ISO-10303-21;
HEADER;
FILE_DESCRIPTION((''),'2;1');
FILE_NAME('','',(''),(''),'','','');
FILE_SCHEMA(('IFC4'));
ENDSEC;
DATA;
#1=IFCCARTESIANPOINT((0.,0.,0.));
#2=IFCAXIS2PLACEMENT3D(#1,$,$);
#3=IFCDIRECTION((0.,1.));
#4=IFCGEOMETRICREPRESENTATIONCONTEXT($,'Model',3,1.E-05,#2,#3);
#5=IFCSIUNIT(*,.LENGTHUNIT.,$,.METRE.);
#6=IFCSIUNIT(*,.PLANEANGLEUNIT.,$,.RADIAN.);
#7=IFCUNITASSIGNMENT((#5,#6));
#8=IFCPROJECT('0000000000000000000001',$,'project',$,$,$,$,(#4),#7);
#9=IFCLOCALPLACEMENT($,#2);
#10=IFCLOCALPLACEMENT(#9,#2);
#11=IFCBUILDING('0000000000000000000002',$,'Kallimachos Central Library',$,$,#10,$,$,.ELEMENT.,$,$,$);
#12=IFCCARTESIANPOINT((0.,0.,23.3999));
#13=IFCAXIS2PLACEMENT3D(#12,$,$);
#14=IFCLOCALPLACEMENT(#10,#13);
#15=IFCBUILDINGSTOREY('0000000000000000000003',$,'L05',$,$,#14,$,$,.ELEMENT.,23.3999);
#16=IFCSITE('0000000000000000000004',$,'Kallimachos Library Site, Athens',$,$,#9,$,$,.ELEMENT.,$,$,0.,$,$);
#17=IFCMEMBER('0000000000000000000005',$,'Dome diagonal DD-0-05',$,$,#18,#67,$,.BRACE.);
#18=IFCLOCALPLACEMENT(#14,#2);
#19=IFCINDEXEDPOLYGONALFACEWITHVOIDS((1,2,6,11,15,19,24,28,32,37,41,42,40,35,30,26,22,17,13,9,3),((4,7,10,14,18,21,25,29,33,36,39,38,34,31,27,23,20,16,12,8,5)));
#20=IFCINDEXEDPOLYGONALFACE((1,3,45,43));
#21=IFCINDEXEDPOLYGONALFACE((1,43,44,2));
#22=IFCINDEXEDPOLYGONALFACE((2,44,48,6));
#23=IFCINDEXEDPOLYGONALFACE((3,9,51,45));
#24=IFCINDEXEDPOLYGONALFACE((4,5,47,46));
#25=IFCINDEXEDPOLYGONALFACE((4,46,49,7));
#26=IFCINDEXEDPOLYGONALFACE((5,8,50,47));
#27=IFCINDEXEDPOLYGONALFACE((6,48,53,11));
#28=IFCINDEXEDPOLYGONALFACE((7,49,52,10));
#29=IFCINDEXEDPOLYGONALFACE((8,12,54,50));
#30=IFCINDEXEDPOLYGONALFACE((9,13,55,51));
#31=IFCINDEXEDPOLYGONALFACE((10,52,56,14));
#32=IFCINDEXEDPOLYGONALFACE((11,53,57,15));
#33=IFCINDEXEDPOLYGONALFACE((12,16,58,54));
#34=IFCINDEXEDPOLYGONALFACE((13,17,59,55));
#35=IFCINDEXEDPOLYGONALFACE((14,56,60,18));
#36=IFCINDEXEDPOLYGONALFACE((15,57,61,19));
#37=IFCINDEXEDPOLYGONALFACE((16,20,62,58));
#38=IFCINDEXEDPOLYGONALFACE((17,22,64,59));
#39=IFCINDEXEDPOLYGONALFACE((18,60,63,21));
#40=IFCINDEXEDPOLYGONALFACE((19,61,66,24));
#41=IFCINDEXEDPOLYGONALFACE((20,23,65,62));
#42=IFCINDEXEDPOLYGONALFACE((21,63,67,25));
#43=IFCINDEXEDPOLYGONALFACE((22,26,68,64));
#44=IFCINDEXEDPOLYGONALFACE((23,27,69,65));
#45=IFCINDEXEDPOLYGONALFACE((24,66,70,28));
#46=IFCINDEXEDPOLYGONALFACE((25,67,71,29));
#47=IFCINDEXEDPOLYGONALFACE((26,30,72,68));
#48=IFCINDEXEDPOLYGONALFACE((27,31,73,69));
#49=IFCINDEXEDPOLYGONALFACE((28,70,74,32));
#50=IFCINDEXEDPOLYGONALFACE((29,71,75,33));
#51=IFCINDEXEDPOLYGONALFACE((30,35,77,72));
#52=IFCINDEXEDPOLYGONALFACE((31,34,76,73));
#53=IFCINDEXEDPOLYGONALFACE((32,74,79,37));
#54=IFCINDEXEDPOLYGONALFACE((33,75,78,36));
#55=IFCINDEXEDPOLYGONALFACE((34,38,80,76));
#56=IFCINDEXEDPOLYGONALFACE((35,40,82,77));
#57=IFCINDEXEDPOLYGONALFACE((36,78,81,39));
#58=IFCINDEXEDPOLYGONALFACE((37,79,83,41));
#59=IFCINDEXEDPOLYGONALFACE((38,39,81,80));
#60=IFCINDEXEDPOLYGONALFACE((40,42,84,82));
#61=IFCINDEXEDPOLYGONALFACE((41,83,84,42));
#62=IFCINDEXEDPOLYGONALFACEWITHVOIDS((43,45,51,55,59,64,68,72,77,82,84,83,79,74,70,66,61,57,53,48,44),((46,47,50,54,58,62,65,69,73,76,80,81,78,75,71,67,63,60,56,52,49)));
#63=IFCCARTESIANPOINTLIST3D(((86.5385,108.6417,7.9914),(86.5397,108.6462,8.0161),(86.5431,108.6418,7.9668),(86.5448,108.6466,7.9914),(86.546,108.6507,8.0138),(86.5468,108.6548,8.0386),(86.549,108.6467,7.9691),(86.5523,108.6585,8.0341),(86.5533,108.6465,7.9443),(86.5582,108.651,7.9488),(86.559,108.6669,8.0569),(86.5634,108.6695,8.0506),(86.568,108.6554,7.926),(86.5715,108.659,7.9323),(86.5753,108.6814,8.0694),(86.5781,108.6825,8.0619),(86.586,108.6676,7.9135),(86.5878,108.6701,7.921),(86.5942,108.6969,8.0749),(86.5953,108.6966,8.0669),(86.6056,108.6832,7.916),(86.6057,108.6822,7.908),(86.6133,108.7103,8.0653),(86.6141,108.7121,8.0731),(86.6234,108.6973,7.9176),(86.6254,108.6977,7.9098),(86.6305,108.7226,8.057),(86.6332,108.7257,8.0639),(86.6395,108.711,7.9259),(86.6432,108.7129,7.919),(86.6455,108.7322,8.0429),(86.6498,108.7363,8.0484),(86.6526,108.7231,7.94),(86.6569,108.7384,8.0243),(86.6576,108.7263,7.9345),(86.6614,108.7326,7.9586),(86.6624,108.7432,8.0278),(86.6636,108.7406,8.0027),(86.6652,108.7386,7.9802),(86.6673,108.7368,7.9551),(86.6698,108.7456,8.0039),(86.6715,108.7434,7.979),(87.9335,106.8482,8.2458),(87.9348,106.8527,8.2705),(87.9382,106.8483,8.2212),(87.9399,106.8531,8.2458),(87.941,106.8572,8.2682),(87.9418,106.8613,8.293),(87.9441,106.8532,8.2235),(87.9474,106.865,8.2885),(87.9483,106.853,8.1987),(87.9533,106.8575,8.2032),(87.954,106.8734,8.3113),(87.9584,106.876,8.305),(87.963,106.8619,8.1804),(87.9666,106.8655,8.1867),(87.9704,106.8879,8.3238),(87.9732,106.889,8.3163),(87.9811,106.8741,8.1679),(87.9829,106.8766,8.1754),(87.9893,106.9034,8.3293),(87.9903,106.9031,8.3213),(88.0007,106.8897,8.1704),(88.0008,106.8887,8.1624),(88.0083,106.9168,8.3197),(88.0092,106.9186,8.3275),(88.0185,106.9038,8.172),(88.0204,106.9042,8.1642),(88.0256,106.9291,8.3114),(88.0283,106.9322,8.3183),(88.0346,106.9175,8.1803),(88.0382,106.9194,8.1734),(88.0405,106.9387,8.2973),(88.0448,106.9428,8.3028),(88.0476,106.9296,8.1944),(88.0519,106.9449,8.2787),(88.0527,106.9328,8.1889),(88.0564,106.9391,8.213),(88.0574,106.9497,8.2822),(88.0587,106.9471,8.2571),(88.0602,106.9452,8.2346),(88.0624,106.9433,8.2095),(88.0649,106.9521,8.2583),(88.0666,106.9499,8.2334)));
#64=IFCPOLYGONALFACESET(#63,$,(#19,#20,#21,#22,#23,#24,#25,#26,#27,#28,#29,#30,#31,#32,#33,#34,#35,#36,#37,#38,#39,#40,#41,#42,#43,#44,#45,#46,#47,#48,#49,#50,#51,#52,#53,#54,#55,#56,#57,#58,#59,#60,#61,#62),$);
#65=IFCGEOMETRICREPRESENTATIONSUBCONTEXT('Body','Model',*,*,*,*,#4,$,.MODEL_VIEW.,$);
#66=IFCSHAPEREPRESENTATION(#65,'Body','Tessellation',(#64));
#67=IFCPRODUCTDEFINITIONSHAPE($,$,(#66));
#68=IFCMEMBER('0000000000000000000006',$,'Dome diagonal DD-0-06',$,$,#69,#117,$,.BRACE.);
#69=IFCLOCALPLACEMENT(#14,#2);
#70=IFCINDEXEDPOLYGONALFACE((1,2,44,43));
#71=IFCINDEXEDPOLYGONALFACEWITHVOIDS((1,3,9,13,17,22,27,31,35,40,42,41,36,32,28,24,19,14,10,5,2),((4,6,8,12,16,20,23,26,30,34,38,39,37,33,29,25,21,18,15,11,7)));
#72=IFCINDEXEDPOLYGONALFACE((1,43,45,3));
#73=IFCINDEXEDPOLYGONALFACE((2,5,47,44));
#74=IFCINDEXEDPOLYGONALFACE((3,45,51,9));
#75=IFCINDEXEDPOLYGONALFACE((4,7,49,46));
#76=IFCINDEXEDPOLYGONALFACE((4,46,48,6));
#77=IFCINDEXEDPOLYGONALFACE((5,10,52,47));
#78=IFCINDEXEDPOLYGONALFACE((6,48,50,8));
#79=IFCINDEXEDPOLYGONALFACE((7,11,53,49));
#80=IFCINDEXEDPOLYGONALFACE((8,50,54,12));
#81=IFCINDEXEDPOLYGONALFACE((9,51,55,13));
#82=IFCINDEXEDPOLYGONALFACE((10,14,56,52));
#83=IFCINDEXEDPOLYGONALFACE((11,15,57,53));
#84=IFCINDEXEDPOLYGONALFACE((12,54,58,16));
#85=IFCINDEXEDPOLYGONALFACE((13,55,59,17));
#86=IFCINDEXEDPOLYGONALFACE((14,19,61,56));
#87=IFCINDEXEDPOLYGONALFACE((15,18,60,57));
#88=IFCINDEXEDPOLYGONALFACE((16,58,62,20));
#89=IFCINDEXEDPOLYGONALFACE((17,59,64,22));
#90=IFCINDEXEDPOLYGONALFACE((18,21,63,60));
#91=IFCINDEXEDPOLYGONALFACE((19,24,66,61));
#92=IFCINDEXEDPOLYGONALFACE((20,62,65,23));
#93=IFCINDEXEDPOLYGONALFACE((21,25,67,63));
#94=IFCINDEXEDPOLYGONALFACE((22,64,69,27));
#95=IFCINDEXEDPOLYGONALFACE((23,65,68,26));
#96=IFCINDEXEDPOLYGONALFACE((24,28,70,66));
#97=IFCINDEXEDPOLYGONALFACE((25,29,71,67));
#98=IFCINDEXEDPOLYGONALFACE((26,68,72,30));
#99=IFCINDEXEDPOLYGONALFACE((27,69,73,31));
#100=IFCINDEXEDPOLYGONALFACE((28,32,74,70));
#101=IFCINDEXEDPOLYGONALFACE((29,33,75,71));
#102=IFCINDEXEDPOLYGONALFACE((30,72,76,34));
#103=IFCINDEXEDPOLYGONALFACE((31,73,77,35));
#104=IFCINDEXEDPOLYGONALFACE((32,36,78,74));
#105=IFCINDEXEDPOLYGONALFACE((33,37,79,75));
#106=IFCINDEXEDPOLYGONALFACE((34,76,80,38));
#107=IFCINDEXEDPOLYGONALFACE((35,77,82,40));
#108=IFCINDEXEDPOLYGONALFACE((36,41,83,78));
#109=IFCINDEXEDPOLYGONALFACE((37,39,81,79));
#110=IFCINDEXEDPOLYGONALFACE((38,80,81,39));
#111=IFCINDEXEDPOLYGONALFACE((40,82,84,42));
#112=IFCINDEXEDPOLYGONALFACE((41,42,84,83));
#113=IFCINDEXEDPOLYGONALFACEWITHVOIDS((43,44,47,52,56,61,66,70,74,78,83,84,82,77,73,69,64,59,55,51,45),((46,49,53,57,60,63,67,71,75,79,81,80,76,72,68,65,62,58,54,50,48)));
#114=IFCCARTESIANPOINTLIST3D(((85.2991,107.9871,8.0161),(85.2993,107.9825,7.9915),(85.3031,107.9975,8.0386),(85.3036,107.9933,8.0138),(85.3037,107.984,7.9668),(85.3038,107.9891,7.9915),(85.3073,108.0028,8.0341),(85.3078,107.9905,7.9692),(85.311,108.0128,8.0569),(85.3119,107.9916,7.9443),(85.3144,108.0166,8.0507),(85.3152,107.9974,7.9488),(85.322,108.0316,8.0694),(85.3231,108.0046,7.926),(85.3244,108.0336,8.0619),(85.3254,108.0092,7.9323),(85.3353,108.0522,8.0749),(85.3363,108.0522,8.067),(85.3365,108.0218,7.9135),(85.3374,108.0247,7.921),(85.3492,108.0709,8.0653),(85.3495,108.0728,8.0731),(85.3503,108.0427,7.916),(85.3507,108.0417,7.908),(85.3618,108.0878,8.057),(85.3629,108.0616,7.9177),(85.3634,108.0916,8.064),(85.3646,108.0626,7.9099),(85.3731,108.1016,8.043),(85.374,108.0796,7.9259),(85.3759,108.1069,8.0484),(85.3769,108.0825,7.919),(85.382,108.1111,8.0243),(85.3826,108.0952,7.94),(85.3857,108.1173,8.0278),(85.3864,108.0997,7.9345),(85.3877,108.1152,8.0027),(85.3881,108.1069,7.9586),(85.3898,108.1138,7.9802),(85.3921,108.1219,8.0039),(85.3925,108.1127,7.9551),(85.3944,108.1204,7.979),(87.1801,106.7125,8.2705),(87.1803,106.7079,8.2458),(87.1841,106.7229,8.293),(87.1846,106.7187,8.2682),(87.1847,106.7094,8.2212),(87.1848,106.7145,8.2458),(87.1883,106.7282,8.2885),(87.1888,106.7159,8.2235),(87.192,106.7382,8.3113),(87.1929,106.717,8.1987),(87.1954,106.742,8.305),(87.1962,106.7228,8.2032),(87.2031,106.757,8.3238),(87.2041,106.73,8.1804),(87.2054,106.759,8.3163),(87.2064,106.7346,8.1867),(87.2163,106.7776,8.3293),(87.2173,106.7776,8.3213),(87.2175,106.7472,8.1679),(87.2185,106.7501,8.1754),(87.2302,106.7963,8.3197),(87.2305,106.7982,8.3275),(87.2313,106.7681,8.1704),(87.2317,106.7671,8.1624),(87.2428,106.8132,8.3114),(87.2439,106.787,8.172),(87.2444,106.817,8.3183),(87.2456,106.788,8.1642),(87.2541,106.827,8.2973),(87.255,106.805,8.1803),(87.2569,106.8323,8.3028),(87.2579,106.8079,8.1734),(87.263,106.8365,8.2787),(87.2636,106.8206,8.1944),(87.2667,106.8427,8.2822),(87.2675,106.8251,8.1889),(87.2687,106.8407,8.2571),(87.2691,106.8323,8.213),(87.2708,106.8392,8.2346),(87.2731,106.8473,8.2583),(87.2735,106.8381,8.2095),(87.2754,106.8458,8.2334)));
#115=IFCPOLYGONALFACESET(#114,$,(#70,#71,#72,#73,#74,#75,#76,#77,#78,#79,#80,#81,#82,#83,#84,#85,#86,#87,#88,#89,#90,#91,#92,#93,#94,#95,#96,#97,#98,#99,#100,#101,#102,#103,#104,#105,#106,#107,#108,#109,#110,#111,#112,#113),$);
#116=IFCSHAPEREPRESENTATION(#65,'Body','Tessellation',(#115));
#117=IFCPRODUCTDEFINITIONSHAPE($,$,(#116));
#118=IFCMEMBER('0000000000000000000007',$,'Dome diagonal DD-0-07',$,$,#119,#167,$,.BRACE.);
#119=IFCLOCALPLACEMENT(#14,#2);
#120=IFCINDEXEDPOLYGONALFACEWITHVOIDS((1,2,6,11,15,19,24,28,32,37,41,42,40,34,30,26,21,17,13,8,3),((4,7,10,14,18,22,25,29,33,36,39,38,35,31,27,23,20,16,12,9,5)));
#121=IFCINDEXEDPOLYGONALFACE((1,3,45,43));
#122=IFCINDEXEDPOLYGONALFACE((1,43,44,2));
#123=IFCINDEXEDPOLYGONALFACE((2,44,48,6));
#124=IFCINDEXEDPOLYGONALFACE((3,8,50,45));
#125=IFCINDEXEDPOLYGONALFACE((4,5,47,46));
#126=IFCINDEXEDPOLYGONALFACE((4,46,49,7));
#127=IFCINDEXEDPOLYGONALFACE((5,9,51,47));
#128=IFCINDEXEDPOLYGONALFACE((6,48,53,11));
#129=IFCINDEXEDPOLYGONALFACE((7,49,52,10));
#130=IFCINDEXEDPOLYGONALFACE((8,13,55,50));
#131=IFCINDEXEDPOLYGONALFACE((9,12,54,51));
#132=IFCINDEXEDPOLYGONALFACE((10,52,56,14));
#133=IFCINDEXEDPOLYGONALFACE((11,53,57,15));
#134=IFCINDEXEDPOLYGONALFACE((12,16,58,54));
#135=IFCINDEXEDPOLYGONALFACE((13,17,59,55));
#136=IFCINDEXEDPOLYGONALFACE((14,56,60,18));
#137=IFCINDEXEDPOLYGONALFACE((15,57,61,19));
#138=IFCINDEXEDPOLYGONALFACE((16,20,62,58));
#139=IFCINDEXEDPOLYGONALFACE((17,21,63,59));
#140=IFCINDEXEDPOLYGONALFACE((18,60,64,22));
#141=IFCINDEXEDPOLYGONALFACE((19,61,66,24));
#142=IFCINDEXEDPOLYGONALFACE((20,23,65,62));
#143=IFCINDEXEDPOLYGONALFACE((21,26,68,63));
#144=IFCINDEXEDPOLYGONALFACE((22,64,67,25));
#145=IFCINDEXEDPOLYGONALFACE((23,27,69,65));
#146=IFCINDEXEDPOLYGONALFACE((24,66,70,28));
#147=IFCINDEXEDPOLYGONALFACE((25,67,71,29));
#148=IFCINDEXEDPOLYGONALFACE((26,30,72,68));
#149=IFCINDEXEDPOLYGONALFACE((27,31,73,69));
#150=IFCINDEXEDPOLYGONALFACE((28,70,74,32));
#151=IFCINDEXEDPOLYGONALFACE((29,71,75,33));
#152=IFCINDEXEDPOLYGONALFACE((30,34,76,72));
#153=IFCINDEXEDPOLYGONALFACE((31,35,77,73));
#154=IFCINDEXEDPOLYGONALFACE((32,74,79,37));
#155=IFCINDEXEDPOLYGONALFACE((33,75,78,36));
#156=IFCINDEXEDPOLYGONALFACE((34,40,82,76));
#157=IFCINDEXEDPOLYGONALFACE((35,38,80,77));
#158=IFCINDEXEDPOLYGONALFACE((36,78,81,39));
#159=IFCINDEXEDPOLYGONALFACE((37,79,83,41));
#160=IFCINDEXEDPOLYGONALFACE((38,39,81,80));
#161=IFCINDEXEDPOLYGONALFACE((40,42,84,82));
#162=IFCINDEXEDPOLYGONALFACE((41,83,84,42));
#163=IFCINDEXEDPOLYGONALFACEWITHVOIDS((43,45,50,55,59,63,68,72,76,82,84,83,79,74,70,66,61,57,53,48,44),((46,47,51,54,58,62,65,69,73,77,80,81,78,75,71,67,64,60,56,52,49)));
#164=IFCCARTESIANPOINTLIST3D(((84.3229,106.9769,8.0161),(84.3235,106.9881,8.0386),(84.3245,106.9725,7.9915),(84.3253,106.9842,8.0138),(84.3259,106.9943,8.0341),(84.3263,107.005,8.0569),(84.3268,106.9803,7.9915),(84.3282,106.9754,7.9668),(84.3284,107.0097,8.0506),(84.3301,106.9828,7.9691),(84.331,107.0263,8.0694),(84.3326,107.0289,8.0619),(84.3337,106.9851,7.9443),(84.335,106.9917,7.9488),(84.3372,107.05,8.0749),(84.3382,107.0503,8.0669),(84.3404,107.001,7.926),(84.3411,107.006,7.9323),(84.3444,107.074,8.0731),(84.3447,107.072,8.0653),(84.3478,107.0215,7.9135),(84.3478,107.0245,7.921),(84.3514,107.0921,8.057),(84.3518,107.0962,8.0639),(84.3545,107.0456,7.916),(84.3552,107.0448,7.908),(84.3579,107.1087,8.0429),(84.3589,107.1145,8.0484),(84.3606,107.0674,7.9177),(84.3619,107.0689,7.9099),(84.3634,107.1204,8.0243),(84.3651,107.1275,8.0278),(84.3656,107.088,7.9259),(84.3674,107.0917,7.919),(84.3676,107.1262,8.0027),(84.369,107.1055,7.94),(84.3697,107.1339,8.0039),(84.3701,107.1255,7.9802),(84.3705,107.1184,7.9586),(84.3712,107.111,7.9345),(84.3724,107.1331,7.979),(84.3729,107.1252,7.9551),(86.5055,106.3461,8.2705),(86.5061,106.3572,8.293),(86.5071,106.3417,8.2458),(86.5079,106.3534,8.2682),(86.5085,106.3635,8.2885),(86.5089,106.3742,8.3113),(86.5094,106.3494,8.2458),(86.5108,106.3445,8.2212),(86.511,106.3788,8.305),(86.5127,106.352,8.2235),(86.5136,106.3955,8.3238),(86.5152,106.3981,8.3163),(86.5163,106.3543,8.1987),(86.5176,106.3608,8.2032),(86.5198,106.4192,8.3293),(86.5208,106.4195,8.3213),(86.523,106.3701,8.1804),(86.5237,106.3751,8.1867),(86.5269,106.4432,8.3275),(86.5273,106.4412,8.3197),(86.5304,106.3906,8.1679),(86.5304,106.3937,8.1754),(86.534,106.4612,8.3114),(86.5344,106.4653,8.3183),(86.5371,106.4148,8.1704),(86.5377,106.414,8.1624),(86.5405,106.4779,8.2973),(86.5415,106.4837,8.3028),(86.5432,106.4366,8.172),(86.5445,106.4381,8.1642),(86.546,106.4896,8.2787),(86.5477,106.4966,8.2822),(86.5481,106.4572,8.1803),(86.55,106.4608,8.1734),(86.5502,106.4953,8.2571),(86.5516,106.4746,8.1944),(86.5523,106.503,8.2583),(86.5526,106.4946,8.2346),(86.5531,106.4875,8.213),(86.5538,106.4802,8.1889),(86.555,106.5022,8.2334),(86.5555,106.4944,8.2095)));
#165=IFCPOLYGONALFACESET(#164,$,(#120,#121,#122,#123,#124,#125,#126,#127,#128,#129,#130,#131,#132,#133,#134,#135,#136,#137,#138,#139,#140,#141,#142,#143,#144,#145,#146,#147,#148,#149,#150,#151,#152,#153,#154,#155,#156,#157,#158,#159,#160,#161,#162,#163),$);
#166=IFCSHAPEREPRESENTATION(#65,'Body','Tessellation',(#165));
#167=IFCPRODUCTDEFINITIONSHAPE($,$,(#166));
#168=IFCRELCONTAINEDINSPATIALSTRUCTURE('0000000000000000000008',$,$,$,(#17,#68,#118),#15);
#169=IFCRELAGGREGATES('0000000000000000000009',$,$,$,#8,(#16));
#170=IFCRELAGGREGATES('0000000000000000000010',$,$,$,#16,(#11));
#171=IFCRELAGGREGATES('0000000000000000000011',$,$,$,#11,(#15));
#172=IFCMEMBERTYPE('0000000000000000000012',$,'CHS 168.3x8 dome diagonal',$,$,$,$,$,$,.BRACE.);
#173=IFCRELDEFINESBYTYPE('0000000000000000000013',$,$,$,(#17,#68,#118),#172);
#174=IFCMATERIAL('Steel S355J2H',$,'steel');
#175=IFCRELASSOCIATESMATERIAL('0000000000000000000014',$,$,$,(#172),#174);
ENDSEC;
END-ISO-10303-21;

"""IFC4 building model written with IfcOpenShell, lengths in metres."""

from ifc_helpers import new_model, si_unit, direction, frame, origin, origin_2d, place, context, subcontext, project, spatial, hollow_circle, extrude, material, material_profile, profile_set, type_object, element, save


model = new_model("IFC4")

# Units and contexts
model_context = context("Model", 3, precision=1e-05, world=origin(), true_north=direction((0.0, 1.0)))
body_context = subcontext(model_context, "Body", "Model", "MODEL_VIEW")
ifc_project = project(units=[si_unit("LENGTHUNIT", "METRE"), si_unit("PLANEANGLEUNIT", "RADIAN")], contexts=[model_context])

# Site, building, storey
site_placement = place(None, origin())
site = spatial("IfcSite", under=ifc_project, at=site_placement, Name="Kallimachos Library Site, Athens", CompositionType="ELEMENT", RefElevation=0.0)
building_placement = place(site_placement, origin())
building = spatial("IfcBuilding", under=site, at=building_placement, Name="Kallimachos Central Library", CompositionType="ELEMENT")
storey_placement = place(building_placement, frame((0.0, 0.0, 23.3999)))
storey = spatial("IfcBuildingStorey", under=building, at=storey_placement, Name="L05", CompositionType="ELEMENT", Elevation=23.3999)

# Members
ifc_material_1 = material(Name="Steel S355J2H", Category="steel")
ifc_material_profile_1 = material_profile(ifc_material_1, hollow_circle(Radius=0.0842, WallThickness=0.0081, at=origin_2d()), Name="CHS 168.3x8")
ifc_profile_set_1 = profile_set([ifc_material_profile_1], Name="Steel S355J2H")
member_type_1 = type_object("IfcMemberType", Name="CHS 168.3x8 dome diagonal", PredefinedType="BRACE", material=ifc_profile_set_1)
for number, where, z_axis, x_axis, name in (
    (1, (88.0, 106.8999, 8.2458), (-0.610158, 0.784428, -0.111268), (-0.789329, -0.61397, 0.0), "Dome diagonal DD-0-05"),
    (2, (87.2275, 106.7776, 8.2458), (-0.822705, 0.557475, -0.11126), (-0.560957, -0.827845, 0.0), "Dome diagonal DD-0-06"),
):
    element("IfcMember", number, at=place(storey_placement, frame(where, z_axis=z_axis, x_axis=x_axis)), inside=storey, type_object=member_type_1, Name=name, PredefinedType="BRACE", context=body_context, shape_type="SweptSolid", body=[
        extrude(hollow_circle(Radius=0.0842, WallThickness=0.0081, at=origin_2d()), origin(), (0.0, 0.0, 1.0), 2.2864),
    ])
member_1_placement = place(storey_placement, frame((86.5305, 106.4226, 8.2458), z_axis=(-0.95471, 0.275947, -0.111276), x_axis=(-0.277672, -0.960676, 0.0)))
element("IfcMember", 3, at=member_1_placement, inside=storey, type_object=member_type_1, Name="Dome diagonal DD-0-07", PredefinedType="BRACE", context=body_context, shape_type="SweptSolid", body=[
    extrude(hollow_circle(Radius=0.0842, WallThickness=0.0081, at=origin_2d()), origin(), (0.0, 0.0, 1.0), 2.2861),
])

save(model, "model.ifc")
